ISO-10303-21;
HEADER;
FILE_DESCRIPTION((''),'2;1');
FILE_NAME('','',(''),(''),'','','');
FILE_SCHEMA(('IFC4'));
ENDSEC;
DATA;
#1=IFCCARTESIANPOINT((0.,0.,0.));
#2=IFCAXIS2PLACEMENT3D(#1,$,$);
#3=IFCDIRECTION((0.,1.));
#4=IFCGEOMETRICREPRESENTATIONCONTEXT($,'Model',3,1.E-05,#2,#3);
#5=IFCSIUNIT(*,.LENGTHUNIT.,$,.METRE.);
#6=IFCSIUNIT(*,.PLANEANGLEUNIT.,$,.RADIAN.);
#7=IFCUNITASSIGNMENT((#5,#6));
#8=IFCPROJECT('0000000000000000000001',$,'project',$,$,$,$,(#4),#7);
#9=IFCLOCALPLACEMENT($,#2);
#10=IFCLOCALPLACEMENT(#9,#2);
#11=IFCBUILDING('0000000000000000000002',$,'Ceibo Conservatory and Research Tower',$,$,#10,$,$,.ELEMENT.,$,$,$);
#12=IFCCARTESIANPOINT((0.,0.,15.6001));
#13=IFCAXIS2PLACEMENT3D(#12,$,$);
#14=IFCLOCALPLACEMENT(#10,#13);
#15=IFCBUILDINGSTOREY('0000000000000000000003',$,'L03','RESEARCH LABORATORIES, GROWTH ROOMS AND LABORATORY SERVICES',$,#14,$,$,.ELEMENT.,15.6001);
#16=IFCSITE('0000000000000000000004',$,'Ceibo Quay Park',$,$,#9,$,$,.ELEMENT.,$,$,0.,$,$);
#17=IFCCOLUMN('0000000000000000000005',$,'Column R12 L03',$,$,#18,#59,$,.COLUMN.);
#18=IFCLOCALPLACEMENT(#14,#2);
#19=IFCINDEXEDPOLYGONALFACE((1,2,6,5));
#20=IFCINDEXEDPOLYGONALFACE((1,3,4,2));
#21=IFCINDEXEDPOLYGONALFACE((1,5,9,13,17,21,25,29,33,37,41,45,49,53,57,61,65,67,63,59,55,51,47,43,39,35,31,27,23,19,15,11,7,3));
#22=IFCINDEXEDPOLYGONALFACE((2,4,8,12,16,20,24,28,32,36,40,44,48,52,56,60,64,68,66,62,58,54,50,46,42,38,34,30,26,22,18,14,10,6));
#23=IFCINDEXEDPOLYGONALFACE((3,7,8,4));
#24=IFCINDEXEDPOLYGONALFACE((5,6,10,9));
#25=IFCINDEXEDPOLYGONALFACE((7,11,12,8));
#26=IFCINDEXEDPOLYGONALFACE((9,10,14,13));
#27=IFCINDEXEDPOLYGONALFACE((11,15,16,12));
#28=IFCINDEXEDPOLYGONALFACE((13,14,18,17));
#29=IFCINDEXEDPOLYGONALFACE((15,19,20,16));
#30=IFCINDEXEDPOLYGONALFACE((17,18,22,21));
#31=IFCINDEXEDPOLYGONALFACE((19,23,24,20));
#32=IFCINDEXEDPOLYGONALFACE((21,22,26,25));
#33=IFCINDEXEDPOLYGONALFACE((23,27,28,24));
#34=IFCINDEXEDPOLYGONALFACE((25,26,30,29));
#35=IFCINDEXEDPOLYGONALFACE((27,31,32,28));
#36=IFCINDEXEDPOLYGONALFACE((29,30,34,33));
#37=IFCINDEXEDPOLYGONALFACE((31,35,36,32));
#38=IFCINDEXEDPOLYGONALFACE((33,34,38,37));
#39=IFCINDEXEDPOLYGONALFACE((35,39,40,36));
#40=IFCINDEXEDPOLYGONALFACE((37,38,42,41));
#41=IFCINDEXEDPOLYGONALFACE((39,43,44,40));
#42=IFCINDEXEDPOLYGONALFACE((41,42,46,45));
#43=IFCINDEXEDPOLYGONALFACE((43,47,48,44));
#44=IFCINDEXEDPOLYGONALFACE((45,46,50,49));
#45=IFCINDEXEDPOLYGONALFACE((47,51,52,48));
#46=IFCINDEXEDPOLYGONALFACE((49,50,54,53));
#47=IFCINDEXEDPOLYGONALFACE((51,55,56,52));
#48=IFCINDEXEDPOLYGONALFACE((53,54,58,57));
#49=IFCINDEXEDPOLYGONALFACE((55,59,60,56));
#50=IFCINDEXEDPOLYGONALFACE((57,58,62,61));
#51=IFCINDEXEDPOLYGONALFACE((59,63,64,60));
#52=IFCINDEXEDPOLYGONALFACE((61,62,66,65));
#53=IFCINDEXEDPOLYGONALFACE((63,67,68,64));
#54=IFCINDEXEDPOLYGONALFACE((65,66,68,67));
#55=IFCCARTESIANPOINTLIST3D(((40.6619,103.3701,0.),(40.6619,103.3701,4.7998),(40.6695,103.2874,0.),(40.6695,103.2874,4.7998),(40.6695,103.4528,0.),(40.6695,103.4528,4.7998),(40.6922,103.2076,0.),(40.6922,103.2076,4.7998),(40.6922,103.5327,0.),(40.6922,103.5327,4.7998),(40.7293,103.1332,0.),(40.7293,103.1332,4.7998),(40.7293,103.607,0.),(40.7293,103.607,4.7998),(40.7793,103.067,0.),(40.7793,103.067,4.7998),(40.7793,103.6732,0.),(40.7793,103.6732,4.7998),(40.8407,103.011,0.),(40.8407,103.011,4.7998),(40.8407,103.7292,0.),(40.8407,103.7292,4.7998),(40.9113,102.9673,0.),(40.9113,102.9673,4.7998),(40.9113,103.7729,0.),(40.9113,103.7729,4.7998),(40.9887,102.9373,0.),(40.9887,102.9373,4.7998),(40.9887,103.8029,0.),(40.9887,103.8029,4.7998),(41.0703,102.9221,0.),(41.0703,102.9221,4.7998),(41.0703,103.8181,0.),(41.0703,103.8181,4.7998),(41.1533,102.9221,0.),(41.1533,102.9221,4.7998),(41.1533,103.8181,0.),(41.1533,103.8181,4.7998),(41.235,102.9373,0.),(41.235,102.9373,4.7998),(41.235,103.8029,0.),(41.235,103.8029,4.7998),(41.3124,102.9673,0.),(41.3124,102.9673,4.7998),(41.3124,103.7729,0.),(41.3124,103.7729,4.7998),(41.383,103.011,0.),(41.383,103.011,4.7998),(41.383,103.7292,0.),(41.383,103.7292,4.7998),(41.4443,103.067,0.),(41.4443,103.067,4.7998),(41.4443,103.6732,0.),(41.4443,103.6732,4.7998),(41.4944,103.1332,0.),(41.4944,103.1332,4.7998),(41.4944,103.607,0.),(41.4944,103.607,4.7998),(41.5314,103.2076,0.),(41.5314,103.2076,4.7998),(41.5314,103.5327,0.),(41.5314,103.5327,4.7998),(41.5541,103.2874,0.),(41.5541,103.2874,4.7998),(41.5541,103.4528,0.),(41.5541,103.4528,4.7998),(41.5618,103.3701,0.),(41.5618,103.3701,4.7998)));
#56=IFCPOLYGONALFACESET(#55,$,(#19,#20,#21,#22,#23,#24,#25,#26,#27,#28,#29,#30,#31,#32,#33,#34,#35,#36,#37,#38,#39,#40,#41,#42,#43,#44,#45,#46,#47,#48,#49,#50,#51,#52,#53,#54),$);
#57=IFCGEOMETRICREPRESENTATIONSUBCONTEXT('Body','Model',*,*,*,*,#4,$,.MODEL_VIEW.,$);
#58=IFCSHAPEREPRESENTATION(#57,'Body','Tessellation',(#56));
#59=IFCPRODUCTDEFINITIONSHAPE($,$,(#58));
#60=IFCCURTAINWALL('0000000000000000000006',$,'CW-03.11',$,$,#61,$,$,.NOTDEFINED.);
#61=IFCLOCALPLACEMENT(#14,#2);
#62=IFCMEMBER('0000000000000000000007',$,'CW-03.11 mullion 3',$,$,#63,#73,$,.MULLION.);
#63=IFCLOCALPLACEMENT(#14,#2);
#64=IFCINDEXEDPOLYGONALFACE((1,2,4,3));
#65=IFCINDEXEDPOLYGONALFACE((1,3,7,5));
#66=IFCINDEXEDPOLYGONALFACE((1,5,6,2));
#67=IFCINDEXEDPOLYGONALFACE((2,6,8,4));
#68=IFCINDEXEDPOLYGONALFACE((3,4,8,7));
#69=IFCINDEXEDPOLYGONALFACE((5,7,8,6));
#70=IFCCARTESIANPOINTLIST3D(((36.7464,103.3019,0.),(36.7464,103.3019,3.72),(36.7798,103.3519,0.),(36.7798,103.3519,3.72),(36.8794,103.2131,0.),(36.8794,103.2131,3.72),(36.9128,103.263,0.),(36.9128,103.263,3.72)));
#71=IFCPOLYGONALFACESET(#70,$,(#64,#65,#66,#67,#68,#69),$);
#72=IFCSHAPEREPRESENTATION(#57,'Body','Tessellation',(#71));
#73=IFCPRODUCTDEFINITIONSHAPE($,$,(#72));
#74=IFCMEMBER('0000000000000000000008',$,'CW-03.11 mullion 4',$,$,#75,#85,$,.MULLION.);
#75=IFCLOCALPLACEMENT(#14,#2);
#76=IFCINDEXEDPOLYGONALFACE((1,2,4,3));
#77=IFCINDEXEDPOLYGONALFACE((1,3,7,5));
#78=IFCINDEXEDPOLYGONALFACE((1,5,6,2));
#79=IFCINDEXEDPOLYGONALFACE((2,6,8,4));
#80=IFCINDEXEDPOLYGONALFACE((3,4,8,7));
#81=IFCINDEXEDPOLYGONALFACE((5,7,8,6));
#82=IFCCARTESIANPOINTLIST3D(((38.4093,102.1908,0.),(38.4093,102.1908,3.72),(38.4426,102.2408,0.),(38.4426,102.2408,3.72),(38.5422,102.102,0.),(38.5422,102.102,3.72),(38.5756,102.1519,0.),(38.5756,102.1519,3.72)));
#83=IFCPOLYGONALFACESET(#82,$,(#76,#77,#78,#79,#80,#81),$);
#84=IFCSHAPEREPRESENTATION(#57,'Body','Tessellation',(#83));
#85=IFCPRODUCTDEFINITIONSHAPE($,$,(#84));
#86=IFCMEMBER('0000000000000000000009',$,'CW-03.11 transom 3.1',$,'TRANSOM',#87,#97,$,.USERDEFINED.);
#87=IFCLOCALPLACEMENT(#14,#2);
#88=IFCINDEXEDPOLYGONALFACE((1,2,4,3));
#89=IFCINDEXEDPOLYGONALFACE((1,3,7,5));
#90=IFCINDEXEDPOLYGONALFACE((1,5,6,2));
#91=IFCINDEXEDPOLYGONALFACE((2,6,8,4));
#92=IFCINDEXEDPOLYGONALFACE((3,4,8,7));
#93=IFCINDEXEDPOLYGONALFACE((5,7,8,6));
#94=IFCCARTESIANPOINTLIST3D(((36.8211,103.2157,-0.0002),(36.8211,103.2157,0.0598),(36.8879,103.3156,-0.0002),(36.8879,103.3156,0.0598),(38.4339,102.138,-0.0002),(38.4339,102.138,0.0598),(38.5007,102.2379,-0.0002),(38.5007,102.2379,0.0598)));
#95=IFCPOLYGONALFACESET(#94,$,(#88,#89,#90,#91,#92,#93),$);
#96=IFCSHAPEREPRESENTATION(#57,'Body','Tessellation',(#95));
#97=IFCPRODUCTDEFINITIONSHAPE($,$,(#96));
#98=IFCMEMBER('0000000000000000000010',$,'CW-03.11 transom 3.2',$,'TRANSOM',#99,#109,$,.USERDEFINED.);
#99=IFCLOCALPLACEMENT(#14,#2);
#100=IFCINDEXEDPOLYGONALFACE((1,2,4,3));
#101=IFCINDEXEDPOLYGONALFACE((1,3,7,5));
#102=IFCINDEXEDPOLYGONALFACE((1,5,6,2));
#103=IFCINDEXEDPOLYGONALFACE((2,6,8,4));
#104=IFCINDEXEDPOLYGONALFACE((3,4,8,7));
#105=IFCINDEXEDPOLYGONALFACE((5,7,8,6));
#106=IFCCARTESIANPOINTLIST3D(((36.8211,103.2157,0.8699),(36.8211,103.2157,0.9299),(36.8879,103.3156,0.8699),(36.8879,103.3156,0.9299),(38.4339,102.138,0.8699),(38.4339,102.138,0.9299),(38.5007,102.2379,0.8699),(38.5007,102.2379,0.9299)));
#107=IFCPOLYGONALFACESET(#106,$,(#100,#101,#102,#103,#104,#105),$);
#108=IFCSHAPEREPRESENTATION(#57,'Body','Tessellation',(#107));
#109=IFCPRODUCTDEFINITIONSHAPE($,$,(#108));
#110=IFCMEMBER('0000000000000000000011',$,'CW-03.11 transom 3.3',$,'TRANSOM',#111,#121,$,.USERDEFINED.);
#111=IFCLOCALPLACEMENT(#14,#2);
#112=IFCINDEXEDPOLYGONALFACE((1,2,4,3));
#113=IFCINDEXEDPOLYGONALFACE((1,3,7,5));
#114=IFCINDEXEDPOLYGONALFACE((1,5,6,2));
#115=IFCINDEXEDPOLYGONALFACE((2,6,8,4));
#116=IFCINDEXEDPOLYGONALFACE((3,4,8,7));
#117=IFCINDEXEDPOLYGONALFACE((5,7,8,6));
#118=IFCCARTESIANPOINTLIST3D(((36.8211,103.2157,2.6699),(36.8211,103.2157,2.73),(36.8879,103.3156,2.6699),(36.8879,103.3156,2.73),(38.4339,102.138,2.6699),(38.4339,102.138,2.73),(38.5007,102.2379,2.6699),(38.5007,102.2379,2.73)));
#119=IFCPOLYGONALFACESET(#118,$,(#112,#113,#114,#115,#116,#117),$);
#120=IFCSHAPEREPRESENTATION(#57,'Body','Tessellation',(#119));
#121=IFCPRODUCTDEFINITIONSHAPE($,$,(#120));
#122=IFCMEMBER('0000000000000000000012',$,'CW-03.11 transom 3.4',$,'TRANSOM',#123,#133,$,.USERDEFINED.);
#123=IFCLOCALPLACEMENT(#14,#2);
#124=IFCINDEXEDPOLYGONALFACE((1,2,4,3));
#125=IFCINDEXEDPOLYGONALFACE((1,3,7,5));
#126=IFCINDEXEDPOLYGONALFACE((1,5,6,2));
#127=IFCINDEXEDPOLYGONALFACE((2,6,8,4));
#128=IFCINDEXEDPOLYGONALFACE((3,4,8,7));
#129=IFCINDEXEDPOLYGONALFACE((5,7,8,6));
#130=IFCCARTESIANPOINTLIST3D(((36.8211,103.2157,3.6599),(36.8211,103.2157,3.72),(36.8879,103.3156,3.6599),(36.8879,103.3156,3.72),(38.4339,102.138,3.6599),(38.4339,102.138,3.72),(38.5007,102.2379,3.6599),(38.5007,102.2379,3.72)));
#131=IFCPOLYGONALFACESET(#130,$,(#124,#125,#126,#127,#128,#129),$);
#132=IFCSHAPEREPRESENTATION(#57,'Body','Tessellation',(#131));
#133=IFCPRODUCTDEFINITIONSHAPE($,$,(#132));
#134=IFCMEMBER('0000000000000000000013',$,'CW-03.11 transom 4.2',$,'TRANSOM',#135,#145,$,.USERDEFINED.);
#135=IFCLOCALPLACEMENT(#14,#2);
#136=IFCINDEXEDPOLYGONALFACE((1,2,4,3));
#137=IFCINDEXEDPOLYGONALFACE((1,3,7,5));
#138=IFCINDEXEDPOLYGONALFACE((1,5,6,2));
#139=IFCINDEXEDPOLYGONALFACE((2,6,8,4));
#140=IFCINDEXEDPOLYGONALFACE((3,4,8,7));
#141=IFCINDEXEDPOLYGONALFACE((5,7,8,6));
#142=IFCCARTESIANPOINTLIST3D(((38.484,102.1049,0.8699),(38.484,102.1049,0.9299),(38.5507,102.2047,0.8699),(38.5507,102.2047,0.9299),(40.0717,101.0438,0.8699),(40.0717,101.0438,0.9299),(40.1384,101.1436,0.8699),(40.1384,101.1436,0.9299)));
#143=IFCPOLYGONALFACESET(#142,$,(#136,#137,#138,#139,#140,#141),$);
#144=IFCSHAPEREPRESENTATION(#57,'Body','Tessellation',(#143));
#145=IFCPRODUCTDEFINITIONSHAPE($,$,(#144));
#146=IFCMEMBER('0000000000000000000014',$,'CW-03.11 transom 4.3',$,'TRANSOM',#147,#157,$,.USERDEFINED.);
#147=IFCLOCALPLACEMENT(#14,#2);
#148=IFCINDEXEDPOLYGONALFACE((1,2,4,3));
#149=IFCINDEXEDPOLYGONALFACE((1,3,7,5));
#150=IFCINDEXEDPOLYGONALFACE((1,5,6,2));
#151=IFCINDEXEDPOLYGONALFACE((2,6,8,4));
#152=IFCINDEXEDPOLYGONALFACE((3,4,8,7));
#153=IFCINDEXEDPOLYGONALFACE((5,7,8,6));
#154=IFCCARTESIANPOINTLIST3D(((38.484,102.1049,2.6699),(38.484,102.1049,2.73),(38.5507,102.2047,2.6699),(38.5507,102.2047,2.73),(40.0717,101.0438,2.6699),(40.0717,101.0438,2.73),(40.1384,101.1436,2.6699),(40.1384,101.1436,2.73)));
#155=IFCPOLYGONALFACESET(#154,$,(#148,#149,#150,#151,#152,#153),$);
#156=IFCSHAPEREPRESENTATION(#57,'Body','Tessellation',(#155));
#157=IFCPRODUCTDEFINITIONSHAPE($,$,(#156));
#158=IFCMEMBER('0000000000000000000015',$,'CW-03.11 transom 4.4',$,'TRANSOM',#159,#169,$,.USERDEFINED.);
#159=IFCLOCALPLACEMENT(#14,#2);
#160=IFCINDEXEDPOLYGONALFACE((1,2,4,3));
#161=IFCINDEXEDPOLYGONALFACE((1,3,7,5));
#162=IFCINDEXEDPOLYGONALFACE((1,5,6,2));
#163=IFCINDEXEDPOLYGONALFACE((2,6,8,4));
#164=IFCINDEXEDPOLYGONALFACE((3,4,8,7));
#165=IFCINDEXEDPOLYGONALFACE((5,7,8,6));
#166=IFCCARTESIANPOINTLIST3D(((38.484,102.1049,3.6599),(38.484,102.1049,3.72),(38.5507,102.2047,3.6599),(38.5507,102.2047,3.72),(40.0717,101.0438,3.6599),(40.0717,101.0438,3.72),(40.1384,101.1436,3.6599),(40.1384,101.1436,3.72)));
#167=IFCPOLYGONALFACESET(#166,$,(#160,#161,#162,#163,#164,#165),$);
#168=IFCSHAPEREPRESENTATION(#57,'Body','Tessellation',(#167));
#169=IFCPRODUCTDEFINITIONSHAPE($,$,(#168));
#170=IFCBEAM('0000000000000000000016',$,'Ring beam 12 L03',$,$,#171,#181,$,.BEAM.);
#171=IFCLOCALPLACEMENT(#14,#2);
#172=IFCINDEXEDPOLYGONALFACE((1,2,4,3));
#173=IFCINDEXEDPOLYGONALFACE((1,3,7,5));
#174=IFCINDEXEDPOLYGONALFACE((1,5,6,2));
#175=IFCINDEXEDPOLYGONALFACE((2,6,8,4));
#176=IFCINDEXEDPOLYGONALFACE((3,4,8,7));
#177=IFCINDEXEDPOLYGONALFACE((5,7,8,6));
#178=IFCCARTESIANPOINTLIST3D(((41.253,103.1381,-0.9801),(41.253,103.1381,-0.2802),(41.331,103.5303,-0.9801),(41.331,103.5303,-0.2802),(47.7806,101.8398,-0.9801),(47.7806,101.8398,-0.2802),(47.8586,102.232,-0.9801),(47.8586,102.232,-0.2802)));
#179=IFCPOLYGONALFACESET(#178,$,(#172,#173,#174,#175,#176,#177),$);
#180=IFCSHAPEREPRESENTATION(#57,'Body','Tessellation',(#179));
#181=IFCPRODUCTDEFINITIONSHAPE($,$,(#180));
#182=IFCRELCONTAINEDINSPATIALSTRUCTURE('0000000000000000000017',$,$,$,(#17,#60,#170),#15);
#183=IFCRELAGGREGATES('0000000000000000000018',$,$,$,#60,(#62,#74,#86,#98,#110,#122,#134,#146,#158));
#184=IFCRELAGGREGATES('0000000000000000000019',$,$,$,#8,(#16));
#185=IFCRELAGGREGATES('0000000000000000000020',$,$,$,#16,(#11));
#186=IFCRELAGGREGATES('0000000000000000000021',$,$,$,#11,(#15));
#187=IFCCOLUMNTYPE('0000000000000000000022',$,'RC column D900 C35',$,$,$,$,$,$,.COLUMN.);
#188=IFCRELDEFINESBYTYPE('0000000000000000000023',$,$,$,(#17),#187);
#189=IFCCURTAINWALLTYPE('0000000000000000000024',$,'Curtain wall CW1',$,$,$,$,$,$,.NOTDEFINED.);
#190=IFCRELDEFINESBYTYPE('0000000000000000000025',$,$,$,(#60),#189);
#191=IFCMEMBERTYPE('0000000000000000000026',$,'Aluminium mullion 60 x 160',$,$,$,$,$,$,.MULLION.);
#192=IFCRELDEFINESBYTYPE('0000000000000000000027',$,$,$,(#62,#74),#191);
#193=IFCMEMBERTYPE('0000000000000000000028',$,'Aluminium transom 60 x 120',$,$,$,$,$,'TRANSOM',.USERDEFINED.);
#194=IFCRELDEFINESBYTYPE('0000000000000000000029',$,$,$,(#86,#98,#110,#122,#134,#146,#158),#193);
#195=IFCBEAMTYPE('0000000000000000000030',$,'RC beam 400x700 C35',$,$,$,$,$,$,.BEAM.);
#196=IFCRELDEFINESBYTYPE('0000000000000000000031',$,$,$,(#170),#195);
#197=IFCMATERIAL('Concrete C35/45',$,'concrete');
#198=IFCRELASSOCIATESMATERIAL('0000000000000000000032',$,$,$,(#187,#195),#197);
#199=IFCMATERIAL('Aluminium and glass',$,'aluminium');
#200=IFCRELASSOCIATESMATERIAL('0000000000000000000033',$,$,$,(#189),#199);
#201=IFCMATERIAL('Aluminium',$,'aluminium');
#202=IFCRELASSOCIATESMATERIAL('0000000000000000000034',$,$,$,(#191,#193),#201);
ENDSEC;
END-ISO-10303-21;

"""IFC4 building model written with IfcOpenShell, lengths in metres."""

from ifc_helpers import new_model, si_unit, direction, frame, origin, origin_2d, place, context, subcontext, project, spatial, rectangle, circle, extrude, material, material_profile, profile_set, type_object, element, aggregate, save


model = new_model("IFC4")

# Units and contexts
model_context = context("Model", 3, precision=1e-05, world=origin(), true_north=direction((0.0, 1.0)))
body_context = subcontext(model_context, "Body", "Model", "MODEL_VIEW")
ifc_project = project(units=[si_unit("LENGTHUNIT", "METRE"), si_unit("PLANEANGLEUNIT", "RADIAN")], contexts=[model_context])

# Site, building, storey
site_placement = place(None, origin())
site = spatial("IfcSite", under=ifc_project, at=site_placement, Name="Ceibo Quay Park", CompositionType="ELEMENT", RefElevation=0.0)
building_placement = place(site_placement, origin())
building = spatial("IfcBuilding", under=site, at=building_placement, Name="Ceibo Conservatory and Research Tower", CompositionType="ELEMENT")
storey_placement = place(building_placement, frame((0.0, 0.0, 15.6001)))
storey = spatial("IfcBuildingStorey", under=building, at=storey_placement, Name="L03", Description="RESEARCH LABORATORIES, GROWTH ROOMS AND LABORATORY SERVICES", CompositionType="ELEMENT", Elevation=15.6001)

# Column
ifc_material_1 = material(Name="Concrete C35/45", Category="concrete")
ifc_material_profile_1 = material_profile(ifc_material_1, circle(Radius=0.45, at=origin_2d()), Name="RC D900")
ifc_profile_set_1 = profile_set([ifc_material_profile_1], Name="Concrete C35/45")
column_type = type_object("IfcColumnType", Name="RC column D900 C35", PredefinedType="COLUMN", material=ifc_profile_set_1)
column_placement = place(storey_placement, frame((41.1118, 103.3701, 0.0), z_axis=(0.0, 0.0, 1.0), x_axis=(1.0, 0.0, 0.0)))
element("IfcColumn", 1, at=column_placement, inside=storey, type_object=column_type, Name="Column R12 L03", PredefinedType="COLUMN", context=body_context, shape_type="SweptSolid", body=[
    extrude(circle(Radius=0.45, at=origin_2d()), origin(), (0.0, 0.0, 1.0), 4.7998),
])

# Curtain wall, members
ifc_material_2 = material(Name="Aluminium and glass", Category="aluminium")
curtain_wall_type = type_object("IfcCurtainWallType", Name="Curtain wall CW1", PredefinedType="NOTDEFINED", material=ifc_material_2)
curtain_wall_placement = place(storey_placement, origin())
curtain_wall = element("IfcCurtainWall", 2, at=curtain_wall_placement, inside=storey, type_object=curtain_wall_type, Name="CW-03.11", PredefinedType="NOTDEFINED")
ifc_material_3 = material(Name="Aluminium", Category="aluminium")
ifc_material_profile_2 = material_profile(ifc_material_3, rectangle(XDim=0.0601, YDim=0.1599, at=origin_2d()), Name="Aluminium 60 x 160")
ifc_profile_set_2 = profile_set([ifc_material_profile_2], Name="Aluminium")
member_type_1 = type_object("IfcMemberType", Name="Aluminium mullion 60 x 160", PredefinedType="MULLION", material=ifc_profile_set_2)
member_1_placement = place(storey_placement, frame((36.8296, 103.2825, 0.0), z_axis=(0.0, 0.0, 1.0), x_axis=(0.55557, 0.83147, 0.0)))
member_1 = element("IfcMember", 3, at=member_1_placement, type_object=member_type_1, Name="CW-03.11 mullion 3", PredefinedType="MULLION", context=body_context, shape_type="SweptSolid", body=[
    extrude(rectangle(XDim=0.0601, YDim=0.1599, at=origin_2d()), origin(), (0.0, 0.0, 1.0), 3.72),
])
member_2_placement = place(storey_placement, frame((38.4924, 102.1714, 0.0), z_axis=(0.0, 0.0, 1.0), x_axis=(0.55557, 0.83147, 0.0)))
member_2 = element("IfcMember", 4, at=member_2_placement, type_object=member_type_1, Name="CW-03.11 mullion 4", PredefinedType="MULLION", context=body_context, shape_type="SweptSolid", body=[
    extrude(rectangle(XDim=0.0601, YDim=0.1599, at=origin_2d()), origin(), (0.0, 0.0, 1.0), 3.72),
])
ifc_material_profile_3 = material_profile(ifc_material_3, rectangle(XDim=0.1201, YDim=0.0601, at=origin_2d()), Name="Aluminium 60 x 120")
ifc_profile_set_3 = profile_set([ifc_material_profile_3], Name="Aluminium")
member_type_2 = type_object("IfcMemberType", Name="Aluminium transom 60 x 120", ElementType="TRANSOM", PredefinedType="USERDEFINED", material=ifc_profile_set_3)
member_3_placement = place(storey_placement, frame((36.8545, 103.2656, 0.0298), z_axis=(0.831469, -0.555571, 0.0), x_axis=(0.555571, 0.831469, 0.0)))
member_3 = element("IfcMember", 5, at=member_3_placement, type_object=member_type_2, Name="CW-03.11 transom 3.1", ObjectType="TRANSOM", PredefinedType="USERDEFINED", context=body_context, shape_type="SweptSolid", body=[
    extrude(rectangle(XDim=0.1201, YDim=0.0601, at=origin_2d()), origin(), (0.0, 0.0, 1.0), 1.9397),
])
member_4_placement = place(storey_placement, frame((36.8545, 103.2656, 0.8999), z_axis=(0.831469, -0.555571, 0.0), x_axis=(0.555571, 0.831469, 0.0)))
member_4 = element("IfcMember", 6, at=member_4_placement, type_object=member_type_2, Name="CW-03.11 transom 3.2", ObjectType="TRANSOM", PredefinedType="USERDEFINED", context=body_context, shape_type="SweptSolid", body=[
    extrude(rectangle(XDim=0.1201, YDim=0.0601, at=origin_2d()), origin(), (0.0, 0.0, 1.0), 1.9397),
])
member_5_placement = place(storey_placement, frame((36.8545, 103.2656, 2.7), z_axis=(0.831469, -0.555571, 0.0), x_axis=(0.555571, 0.831469, 0.0)))
member_5 = element("IfcMember", 7, at=member_5_placement, type_object=member_type_2, Name="CW-03.11 transom 3.3", ObjectType="TRANSOM", PredefinedType="USERDEFINED", context=body_context, shape_type="SweptSolid", body=[
    extrude(rectangle(XDim=0.1201, YDim=0.0601, at=origin_2d()), origin(), (0.0, 0.0, 1.0), 1.9397),
])
member_6_placement = place(storey_placement, frame((36.8545, 103.2656, 3.6899), z_axis=(0.831469, -0.555571, 0.0), x_axis=(0.555571, 0.831469, 0.0)))
member_6 = element("IfcMember", 8, at=member_6_placement, type_object=member_type_2, Name="CW-03.11 transom 3.4", ObjectType="TRANSOM", PredefinedType="USERDEFINED", context=body_context, shape_type="SweptSolid", body=[
    extrude(rectangle(XDim=0.1201, YDim=0.0601, at=origin_2d()), origin(), (0.0, 0.0, 1.0), 1.9397),
])
member_7_placement = place(storey_placement, frame((38.5173, 102.1548, 0.8999), z_axis=(0.83142, -0.555644, 0.0), x_axis=(0.555644, 0.83142, 0.0)))
member_7 = element("IfcMember", 9, at=member_7_placement, type_object=member_type_2, Name="CW-03.11 transom 4.2", ObjectType="TRANSOM", PredefinedType="USERDEFINED", context=body_context, shape_type="SweptSolid", body=[
    extrude(rectangle(XDim=0.1201, YDim=0.0601, at=origin_2d()), origin(), (0.0, 0.0, 1.0), 1.9097),
])
member_8_placement = place(storey_placement, frame((38.5173, 102.1548, 2.7), z_axis=(0.83142, -0.555644, 0.0), x_axis=(0.555644, 0.83142, 0.0)))
member_8 = element("IfcMember", 10, at=member_8_placement, type_object=member_type_2, Name="CW-03.11 transom 4.3", ObjectType="TRANSOM", PredefinedType="USERDEFINED", context=body_context, shape_type="SweptSolid", body=[
    extrude(rectangle(XDim=0.1201, YDim=0.0601, at=origin_2d()), origin(), (0.0, 0.0, 1.0), 1.9097),
])
member_9_placement = place(storey_placement, frame((38.5173, 102.1548, 3.6899), z_axis=(0.83142, -0.555644, 0.0), x_axis=(0.555644, 0.83142, 0.0)))
member_9 = element("IfcMember", 11, at=member_9_placement, type_object=member_type_2, Name="CW-03.11 transom 4.4", ObjectType="TRANSOM", PredefinedType="USERDEFINED", context=body_context, shape_type="SweptSolid", body=[
    extrude(rectangle(XDim=0.1201, YDim=0.0601, at=origin_2d()), origin(), (0.0, 0.0, 1.0), 1.9097),
])

# Beam
ifc_material_profile_4 = material_profile(ifc_material_1, rectangle(XDim=0.3999, YDim=0.7, at=origin_2d()), Name="RC 400x700")
ifc_profile_set_4 = profile_set([ifc_material_profile_4], Name="Concrete C35/45")
beam_type_1 = type_object("IfcBeamType", Name="RC beam 400x700 C35", PredefinedType="BEAM", material=ifc_profile_set_4)
beam_1_placement = place(storey_placement, frame((41.292, 103.3342, -0.6301), z_axis=(0.980788, -0.195079, 0.0), x_axis=(0.195079, 0.980788, 0.0)))
element("IfcBeam", 12, at=beam_1_placement, inside=storey, type_object=beam_type_1, Name="Ring beam 12 L03", PredefinedType="BEAM", context=body_context, shape_type="SweptSolid", body=[
    extrude(rectangle(XDim=0.3999, YDim=0.7, at=origin_2d()), origin(), (0.0, 0.0, 1.0), 6.6555),
])

aggregate(curtain_wall, [member_1, member_2, member_3, member_4, member_5, member_6, member_7, member_8, member_9])

save(model, "model.ifc")
